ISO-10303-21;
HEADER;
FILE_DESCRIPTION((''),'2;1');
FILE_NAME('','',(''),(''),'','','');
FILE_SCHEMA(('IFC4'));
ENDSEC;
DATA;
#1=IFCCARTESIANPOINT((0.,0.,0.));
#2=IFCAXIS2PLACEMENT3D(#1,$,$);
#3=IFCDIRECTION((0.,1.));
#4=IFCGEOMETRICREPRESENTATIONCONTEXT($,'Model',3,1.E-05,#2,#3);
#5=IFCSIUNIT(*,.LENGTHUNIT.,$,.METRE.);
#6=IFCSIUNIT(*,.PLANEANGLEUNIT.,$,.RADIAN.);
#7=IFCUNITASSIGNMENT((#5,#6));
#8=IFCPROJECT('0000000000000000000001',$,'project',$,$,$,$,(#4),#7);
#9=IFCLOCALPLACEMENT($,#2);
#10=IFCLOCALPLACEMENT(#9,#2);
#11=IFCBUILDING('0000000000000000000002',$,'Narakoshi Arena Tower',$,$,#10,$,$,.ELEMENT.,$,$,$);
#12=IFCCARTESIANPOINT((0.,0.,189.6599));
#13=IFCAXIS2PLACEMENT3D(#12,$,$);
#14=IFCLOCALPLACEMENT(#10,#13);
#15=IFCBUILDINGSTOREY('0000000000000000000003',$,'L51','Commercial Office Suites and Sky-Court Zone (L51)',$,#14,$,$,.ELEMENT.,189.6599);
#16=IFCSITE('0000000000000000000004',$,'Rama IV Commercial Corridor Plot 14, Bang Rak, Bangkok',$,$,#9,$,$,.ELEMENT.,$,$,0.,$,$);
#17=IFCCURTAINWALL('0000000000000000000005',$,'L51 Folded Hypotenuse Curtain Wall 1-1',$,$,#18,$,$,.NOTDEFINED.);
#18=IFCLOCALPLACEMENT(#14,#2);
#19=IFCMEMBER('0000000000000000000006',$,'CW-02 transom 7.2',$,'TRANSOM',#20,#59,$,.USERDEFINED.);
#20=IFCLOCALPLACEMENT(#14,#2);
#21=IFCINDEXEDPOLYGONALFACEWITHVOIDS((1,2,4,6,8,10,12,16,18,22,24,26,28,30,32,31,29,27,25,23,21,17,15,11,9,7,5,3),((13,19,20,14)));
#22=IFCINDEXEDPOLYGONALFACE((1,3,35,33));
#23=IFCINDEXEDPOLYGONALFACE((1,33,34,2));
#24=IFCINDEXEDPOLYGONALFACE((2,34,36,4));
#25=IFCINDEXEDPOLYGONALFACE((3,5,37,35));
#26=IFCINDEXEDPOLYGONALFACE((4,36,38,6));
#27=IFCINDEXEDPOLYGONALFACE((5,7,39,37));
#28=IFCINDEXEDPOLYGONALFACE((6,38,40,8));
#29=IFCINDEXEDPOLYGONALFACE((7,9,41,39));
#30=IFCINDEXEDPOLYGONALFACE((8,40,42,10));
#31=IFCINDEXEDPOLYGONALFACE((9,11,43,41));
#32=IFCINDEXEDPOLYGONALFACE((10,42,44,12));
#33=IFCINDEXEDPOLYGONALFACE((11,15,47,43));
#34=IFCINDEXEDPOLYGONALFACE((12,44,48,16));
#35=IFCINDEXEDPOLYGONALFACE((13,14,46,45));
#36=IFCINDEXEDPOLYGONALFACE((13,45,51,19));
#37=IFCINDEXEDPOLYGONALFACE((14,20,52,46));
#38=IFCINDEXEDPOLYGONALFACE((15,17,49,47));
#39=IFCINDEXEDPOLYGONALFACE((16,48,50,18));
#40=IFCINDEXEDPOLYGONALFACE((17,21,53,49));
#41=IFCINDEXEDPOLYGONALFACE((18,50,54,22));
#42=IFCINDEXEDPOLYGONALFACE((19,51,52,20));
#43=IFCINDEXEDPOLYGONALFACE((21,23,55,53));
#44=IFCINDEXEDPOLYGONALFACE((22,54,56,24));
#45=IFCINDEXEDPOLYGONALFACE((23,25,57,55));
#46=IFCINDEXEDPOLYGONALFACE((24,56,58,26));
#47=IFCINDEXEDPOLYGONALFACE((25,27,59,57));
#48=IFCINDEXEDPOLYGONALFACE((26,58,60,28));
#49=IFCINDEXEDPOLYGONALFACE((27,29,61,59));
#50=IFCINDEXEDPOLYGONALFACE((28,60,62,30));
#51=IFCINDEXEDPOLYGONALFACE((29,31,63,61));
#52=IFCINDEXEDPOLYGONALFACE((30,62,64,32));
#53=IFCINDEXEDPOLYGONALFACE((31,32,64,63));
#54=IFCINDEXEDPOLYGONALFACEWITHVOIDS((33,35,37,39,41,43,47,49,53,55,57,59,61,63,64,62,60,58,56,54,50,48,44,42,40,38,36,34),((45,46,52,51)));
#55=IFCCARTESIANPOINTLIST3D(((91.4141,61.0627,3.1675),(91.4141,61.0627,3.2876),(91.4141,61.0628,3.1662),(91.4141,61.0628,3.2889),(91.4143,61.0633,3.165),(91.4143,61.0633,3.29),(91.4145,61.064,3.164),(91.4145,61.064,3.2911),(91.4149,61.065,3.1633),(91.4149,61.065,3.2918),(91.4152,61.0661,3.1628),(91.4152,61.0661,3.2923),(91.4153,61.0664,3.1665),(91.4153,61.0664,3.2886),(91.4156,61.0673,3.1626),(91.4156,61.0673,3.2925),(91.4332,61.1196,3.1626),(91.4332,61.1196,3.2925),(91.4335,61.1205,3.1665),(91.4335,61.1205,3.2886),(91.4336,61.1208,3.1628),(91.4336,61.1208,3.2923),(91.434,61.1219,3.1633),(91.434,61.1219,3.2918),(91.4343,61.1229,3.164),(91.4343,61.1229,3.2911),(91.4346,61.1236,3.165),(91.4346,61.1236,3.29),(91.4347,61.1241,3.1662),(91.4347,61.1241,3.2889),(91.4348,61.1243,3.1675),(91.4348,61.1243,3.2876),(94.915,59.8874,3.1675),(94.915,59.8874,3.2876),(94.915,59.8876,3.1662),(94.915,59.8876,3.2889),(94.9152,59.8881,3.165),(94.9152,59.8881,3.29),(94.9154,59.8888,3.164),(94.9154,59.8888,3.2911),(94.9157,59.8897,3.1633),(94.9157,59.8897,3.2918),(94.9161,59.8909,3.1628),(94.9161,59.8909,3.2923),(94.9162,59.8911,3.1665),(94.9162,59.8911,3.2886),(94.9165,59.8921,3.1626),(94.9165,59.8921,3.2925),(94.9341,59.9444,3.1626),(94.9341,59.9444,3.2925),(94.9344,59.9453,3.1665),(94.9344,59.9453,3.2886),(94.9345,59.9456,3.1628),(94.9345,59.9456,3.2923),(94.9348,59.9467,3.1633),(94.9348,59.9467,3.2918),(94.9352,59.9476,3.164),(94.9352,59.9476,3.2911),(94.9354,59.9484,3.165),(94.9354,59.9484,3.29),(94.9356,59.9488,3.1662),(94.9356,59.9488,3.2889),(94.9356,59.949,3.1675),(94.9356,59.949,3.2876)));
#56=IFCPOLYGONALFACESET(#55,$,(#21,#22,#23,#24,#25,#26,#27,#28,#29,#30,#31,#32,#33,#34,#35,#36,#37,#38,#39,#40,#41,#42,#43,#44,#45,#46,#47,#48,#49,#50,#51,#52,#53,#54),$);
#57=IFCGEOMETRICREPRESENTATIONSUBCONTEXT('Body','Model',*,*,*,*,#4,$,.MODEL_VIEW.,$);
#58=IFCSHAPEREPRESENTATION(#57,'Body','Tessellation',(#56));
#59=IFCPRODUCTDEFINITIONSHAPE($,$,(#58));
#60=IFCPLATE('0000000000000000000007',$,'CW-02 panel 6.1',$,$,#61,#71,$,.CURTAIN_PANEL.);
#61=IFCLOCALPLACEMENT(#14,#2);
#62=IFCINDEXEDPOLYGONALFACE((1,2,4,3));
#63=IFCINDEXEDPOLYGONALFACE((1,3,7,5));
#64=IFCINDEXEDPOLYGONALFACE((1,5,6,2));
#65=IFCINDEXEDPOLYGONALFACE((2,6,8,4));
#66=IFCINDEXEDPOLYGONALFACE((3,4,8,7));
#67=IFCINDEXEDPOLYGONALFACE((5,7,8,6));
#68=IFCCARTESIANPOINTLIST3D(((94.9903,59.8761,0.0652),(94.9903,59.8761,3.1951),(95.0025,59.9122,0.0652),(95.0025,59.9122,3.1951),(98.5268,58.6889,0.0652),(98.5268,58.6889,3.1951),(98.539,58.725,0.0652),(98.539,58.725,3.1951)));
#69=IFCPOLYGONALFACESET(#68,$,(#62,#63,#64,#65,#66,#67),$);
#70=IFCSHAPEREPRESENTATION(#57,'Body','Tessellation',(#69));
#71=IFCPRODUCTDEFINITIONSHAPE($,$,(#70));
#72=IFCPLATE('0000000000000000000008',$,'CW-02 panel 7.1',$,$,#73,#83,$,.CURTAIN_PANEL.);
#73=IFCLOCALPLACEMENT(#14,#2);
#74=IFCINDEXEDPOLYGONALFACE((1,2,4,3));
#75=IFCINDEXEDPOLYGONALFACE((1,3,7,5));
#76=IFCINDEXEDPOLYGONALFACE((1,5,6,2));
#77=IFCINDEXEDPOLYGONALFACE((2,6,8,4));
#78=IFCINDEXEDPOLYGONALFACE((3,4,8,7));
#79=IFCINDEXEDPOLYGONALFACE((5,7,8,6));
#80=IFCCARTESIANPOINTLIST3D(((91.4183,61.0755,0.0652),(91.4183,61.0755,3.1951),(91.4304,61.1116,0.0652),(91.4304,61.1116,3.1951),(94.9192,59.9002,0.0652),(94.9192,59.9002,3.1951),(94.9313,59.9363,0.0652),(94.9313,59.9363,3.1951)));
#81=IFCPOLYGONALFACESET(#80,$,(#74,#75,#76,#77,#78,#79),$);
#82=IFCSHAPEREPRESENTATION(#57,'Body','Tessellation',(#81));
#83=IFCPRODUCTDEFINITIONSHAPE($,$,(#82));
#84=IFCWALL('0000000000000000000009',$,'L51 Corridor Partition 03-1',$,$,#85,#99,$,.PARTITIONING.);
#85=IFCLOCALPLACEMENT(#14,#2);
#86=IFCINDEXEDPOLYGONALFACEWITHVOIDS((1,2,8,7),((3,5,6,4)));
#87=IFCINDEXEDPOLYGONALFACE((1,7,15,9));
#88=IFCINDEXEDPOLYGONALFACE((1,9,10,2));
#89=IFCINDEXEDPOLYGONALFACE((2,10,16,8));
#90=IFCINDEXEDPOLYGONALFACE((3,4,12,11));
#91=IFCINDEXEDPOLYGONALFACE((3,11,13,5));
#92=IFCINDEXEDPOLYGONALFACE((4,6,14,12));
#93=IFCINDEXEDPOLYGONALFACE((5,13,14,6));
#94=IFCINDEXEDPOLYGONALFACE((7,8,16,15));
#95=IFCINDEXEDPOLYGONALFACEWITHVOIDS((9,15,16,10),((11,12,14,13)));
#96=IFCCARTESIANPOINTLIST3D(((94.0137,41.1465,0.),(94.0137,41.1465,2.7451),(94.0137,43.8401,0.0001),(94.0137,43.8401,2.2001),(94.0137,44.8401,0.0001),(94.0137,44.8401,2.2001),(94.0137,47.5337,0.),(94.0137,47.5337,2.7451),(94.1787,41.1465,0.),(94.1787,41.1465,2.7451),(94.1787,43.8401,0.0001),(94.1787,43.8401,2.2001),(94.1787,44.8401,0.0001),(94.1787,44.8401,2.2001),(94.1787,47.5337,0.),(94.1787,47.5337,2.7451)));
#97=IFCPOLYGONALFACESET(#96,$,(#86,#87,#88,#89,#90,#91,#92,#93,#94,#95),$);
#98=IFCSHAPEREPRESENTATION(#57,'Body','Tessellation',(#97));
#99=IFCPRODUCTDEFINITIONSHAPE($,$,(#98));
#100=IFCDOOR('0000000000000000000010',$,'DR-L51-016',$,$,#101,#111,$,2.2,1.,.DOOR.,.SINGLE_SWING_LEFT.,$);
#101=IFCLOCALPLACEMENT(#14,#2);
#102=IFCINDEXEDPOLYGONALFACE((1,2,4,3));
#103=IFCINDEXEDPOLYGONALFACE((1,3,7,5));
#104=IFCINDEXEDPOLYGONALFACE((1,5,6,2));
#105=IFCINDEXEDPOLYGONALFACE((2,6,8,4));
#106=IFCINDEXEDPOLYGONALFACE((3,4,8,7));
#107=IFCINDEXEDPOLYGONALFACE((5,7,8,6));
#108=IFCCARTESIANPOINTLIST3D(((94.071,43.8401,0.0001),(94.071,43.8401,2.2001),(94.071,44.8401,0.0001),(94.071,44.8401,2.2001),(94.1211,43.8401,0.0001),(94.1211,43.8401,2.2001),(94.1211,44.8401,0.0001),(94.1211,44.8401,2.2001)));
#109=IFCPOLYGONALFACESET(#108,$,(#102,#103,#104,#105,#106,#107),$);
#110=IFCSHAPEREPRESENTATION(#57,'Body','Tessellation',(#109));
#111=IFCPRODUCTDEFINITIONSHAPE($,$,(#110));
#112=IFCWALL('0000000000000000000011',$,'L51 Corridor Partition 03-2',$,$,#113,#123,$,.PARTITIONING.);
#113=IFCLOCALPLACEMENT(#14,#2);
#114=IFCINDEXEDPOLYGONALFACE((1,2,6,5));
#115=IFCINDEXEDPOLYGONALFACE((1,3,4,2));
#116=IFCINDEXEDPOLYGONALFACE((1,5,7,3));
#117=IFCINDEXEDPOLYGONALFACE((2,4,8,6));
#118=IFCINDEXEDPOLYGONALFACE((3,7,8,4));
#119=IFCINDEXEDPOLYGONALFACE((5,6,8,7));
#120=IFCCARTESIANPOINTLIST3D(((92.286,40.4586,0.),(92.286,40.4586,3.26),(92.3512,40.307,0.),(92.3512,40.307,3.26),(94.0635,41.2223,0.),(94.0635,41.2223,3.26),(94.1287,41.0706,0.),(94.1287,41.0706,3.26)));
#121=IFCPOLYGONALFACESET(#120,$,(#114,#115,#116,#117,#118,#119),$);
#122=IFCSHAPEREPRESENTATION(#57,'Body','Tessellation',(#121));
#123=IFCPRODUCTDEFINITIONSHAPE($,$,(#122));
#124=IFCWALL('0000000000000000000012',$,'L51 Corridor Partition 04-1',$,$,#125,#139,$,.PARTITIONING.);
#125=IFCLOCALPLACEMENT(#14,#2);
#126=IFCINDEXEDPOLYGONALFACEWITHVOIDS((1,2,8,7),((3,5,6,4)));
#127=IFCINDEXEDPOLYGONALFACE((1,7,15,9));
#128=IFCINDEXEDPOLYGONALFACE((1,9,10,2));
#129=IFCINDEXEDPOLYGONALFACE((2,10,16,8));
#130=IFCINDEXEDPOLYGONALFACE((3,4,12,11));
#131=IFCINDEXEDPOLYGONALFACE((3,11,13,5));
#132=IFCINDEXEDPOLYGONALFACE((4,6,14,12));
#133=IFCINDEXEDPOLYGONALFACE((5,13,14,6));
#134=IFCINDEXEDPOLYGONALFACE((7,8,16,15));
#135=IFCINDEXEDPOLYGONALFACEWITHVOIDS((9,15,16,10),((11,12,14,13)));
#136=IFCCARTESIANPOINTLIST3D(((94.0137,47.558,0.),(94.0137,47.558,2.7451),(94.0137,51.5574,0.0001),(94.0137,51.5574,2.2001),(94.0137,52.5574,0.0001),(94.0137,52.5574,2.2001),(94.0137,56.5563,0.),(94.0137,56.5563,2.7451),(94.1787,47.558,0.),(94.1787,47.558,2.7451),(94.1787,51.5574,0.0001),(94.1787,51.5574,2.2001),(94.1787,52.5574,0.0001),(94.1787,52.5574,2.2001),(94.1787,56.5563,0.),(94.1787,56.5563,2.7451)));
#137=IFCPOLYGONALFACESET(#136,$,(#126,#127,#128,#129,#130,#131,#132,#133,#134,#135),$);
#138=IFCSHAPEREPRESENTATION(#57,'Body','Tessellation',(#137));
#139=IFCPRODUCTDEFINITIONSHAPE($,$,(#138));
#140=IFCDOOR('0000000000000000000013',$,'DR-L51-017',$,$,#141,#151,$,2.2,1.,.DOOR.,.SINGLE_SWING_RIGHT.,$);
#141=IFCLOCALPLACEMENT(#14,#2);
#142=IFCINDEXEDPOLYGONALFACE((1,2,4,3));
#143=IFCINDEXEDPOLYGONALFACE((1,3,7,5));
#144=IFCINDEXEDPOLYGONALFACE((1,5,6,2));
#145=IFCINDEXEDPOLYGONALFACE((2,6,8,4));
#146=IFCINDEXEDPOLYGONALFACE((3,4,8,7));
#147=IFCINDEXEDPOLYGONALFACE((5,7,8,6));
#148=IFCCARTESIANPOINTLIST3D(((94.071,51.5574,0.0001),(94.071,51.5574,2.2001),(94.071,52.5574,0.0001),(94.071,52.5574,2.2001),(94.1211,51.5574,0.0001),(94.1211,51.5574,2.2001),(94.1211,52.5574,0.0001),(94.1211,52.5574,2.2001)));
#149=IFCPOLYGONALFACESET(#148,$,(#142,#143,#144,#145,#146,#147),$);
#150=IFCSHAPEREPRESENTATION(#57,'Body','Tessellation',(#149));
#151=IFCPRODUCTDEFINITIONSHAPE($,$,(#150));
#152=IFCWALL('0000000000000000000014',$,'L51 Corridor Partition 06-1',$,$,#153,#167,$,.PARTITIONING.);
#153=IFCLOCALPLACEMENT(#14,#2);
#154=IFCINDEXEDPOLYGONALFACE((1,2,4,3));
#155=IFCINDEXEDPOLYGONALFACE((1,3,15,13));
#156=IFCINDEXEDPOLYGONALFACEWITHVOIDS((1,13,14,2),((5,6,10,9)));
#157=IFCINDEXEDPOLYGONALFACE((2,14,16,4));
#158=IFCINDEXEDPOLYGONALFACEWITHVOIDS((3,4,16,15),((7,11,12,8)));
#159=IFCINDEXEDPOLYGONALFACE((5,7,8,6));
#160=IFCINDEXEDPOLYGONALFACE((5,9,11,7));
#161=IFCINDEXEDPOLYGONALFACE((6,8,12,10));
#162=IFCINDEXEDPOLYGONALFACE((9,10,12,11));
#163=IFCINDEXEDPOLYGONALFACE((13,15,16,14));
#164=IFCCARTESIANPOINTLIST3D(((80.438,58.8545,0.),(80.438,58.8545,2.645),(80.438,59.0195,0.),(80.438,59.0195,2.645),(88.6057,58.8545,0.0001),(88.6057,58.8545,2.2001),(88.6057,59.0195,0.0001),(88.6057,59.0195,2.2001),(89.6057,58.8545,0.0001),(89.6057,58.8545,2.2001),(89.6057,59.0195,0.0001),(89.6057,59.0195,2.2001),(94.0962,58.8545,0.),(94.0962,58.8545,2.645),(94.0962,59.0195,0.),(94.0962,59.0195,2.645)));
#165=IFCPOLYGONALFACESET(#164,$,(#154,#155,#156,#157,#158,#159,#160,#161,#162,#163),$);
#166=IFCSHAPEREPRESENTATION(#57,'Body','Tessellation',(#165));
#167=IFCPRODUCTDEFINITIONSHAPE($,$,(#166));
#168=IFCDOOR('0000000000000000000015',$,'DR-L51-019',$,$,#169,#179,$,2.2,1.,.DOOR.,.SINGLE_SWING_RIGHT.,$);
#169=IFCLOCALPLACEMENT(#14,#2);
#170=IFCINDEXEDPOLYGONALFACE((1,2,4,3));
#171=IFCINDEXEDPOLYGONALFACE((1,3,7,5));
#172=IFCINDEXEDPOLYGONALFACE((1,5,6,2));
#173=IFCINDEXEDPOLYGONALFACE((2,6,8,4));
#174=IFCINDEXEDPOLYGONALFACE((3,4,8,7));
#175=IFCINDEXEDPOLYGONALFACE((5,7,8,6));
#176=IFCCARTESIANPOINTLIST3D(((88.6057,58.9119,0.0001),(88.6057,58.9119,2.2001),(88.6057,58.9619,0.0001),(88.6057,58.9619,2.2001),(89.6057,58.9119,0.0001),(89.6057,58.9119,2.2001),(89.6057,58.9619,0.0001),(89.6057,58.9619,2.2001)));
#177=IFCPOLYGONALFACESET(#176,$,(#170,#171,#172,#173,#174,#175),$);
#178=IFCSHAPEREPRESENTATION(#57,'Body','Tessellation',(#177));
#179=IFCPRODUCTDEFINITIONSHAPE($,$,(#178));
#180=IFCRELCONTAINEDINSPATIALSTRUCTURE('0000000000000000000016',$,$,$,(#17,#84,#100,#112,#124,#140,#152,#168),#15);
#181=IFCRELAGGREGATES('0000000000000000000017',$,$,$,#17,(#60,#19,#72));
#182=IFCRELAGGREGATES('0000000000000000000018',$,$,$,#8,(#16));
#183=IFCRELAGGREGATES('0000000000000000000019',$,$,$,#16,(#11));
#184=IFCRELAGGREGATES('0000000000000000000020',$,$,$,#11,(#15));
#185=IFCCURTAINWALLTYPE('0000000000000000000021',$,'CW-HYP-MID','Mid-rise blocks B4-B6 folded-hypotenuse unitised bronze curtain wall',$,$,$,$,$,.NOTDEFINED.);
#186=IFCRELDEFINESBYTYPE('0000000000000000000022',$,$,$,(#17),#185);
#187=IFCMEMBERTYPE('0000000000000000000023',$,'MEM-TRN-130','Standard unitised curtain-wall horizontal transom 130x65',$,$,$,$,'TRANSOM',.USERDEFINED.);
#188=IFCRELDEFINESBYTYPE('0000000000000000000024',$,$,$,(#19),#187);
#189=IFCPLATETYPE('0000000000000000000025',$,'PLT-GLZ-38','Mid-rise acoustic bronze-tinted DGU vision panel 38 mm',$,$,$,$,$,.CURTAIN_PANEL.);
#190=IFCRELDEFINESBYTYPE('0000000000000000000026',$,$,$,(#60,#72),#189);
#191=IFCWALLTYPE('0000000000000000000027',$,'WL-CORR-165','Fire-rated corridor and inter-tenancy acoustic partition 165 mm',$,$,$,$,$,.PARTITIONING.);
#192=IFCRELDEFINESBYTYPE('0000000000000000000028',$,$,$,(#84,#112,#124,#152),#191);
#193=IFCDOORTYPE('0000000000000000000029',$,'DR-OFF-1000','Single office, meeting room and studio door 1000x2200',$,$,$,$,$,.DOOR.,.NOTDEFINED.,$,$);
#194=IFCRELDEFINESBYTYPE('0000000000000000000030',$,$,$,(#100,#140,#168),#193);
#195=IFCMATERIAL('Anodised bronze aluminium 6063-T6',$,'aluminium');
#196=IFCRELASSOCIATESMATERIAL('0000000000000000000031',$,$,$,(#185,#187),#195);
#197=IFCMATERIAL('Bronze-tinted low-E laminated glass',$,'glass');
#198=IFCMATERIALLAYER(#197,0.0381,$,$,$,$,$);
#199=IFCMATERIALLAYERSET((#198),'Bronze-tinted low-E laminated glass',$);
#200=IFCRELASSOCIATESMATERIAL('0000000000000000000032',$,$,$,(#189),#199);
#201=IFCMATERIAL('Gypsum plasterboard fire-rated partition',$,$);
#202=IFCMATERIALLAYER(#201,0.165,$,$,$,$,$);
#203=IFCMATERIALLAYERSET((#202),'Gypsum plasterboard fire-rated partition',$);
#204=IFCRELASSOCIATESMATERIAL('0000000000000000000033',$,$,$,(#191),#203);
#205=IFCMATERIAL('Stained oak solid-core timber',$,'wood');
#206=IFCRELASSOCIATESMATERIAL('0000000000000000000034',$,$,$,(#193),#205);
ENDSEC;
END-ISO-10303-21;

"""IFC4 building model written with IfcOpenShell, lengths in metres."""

from ifc_helpers import new_model, si_unit, direction, frame, frame_2d, origin, origin_2d, place, context, subcontext, project, spatial, rectangle, hollow_rectangle, extrude, material, layer, layer_set, material_profile, profile_set, type_object, element, fill, aggregate, save


model = new_model("IFC4")

# Units and contexts
model_context = context("Model", 3, precision=1e-05, world=origin(), true_north=direction((0.0, 1.0)))
body_context = subcontext(model_context, "Body", "Model", "MODEL_VIEW")
ifc_project = project(units=[si_unit("LENGTHUNIT", "METRE"), si_unit("PLANEANGLEUNIT", "RADIAN")], contexts=[model_context])

# Site, building, storey
site_placement = place(None, origin())
site = spatial("IfcSite", under=ifc_project, at=site_placement, Name="Rama IV Commercial Corridor Plot 14, Bang Rak, Bangkok", CompositionType="ELEMENT", RefElevation=0.0)
building_placement = place(site_placement, origin())
building = spatial("IfcBuilding", under=site, at=building_placement, Name="Narakoshi Arena Tower", CompositionType="ELEMENT")
storey_placement = place(building_placement, frame((0.0, 0.0, 189.6599)))
storey = spatial("IfcBuildingStorey", under=building, at=storey_placement, Name="L51", Description="Commercial Office Suites and Sky-Court Zone (L51)", CompositionType="ELEMENT", Elevation=189.6599)

# Curtain wall, member, plates
ifc_material_1 = material(Name="Anodised bronze aluminium 6063-T6", Category="aluminium")
curtain_wall_type = type_object("IfcCurtainWallType", Name="CW-HYP-MID", Description="Mid-rise blocks B4-B6 folded-hypotenuse unitised bronze curtain wall", PredefinedType="NOTDEFINED", material=ifc_material_1)
curtain_wall_placement = place(storey_placement, origin())
curtain_wall = element("IfcCurtainWall", 1, at=curtain_wall_placement, inside=storey, type_object=curtain_wall_type, Name="L51 Folded Hypotenuse Curtain Wall 1-1", PredefinedType="NOTDEFINED")
ifc_material_profile_1 = material_profile(ifc_material_1, hollow_rectangle(XDim=0.0649, YDim=0.1299, WallThickness=0.0039, OuterFilletRadius=0.0049, at=origin_2d()), Name="TRN130x65x4")
ifc_profile_set_1 = profile_set([ifc_material_profile_1], Name="Anodised bronze aluminium 6063-T6")
member_type_1 = type_object("IfcMemberType", Name="MEM-TRN-130", Description="Standard unitised curtain-wall horizontal transom 130x65", ElementType="TRANSOM", PredefinedType="USERDEFINED", material=ifc_profile_set_1)
member_1_placement = place(storey_placement, frame((94.9253, 59.9182, 3.2275), z_axis=(-0.948007, 0.31825, 0.0), x_axis=(-0.31825, -0.948007, 0.0)))
member_1 = element("IfcMember", 2, at=member_1_placement, type_object=member_type_1, Name="CW-02 transom 7.2", ObjectType="TRANSOM", PredefinedType="USERDEFINED", context=body_context, shape_type="SweptSolid", body=[
    extrude(hollow_rectangle(XDim=0.0649, YDim=0.1299, WallThickness=0.0039, OuterFilletRadius=0.0049, at=origin_2d()), origin(), (0.0, 0.0, 1.0), 3.6929),
])
ifc_material_2 = material(Name="Bronze-tinted low-E laminated glass", Category="glass")
ifc_layer_1 = layer(ifc_material_2, 0.0381)
ifc_layer_set_1 = layer_set([ifc_layer_1], Name="Bronze-tinted low-E laminated glass")
plate_type = type_object("IfcPlateType", Name="PLT-GLZ-38", Description="Mid-rise acoustic bronze-tinted DGU vision panel 38 mm", PredefinedType="CURTAIN_PANEL", material=ifc_layer_set_1)
plate_1_placement = place(storey_placement, frame((96.7646, 59.3005, 0.0652), z_axis=(0.0, 0.0, 1.0), x_axis=(-0.948003, 0.318261, 0.0)))
plate_1 = element("IfcPlate", 3, at=plate_1_placement, type_object=plate_type, Name="CW-02 panel 6.1", PredefinedType="CURTAIN_PANEL", context=body_context, shape_type="SweptSolid", body=[
    extrude(rectangle(XDim=3.7305, YDim=0.0381, at=origin_2d()), origin(), (0.0, 0.0, 1.0), 3.1299),
])
plate_2_placement = place(storey_placement, frame((93.1748, 60.5059, 0.0652), z_axis=(0.0, 0.0, 1.0), x_axis=(-0.948003, 0.318261, 0.0)))
plate_2 = element("IfcPlate", 4, at=plate_2_placement, type_object=plate_type, Name="CW-02 panel 7.1", PredefinedType="CURTAIN_PANEL", context=body_context, shape_type="SweptSolid", body=[
    extrude(rectangle(XDim=3.6929, YDim=0.0381, at=origin_2d()), origin(), (0.0, 0.0, 1.0), 3.1299),
])
aggregate(curtain_wall, [plate_1, member_1, plate_2])

# Wall, opening, door
ifc_material_3 = material(Name="Gypsum plasterboard fire-rated partition")
ifc_layer_2 = layer(ifc_material_3, 0.165)
ifc_layer_set_2 = layer_set([ifc_layer_2], Name="Gypsum plasterboard fire-rated partition")
wall_type_1 = type_object("IfcWallType", Name="WL-CORR-165", Description="Fire-rated corridor and inter-tenancy acoustic partition 165 mm", PredefinedType="PARTITIONING", material=ifc_layer_set_2)
wall_1_placement = place(storey_placement, frame((94.0962, 41.1465, 0.0), z_axis=(0.0, 0.0, 1.0), x_axis=(0.0, 1.0, 0.0)))
wall_1 = element("IfcWall", 5, at=wall_1_placement, inside=storey, type_object=wall_type_1, Name="L51 Corridor Partition 03-1", PredefinedType="PARTITIONING", context=body_context, shape_type="SweptSolid", body=[
    extrude(rectangle(XDim=6.3872, YDim=0.165, at=frame_2d((3.1936, 0.0))), origin(), (0.0, 0.0, 1.0), 2.7451),
])
opening_1_placement = place(wall_1_placement, frame((2.6936, 0.0, 0.0)))
opening_1 = element("IfcOpeningElement", 6, at=opening_1_placement, cuts=wall_1, PredefinedType="OPENING", context=body_context, shape_type="SweptSolid", body=[
    extrude(rectangle(XDim=1.0, YDim=2.2, at=frame_2d((0.5, 1.1001))), frame((0.0, 0.0925, 0.0), z_axis=(0.0, -1.0, 0.0), x_axis=(1.0, 0.0, 0.0)), (0.0, 0.0, 1.0), 0.1851),
])
ifc_material_4 = material(Name="Stained oak solid-core timber", Category="wood")
door_type = type_object("IfcDoorType", Name="DR-OFF-1000", Description="Single office, meeting room and studio door 1000x2200", OperationType="NOTDEFINED", PredefinedType="DOOR", material=ifc_material_4)
door_1_placement = place(opening_1_placement, frame((1.0, 0.0, 0.0), z_axis=(0.0, 0.0, 1.0), x_axis=(-1.0, 0.0, 0.0)))
door_1 = element("IfcDoor", 7, at=door_1_placement, inside=storey, type_object=door_type, Name="DR-L51-016", OperationType="SINGLE_SWING_LEFT", OverallHeight=2.2, OverallWidth=1.0, PredefinedType="DOOR", context=body_context, shape_type="SweptSolid", body=[
    extrude(rectangle(XDim=1.0, YDim=2.2, at=frame_2d((0.5, 1.1001))), frame((0.0, 0.0249, 0.0), z_axis=(0.0, -1.0, 0.0), x_axis=(1.0, 0.0, 0.0)), (0.0, 0.0, 1.0), 0.05),
])
fill(opening_1, door_1)

# Wall
wall_2_placement = place(storey_placement, frame((92.3186, 40.3828, 0.0), z_axis=(0.0, 0.0, 1.0), x_axis=(0.918799, 0.394726, 0.0)))
element("IfcWall", 8, at=wall_2_placement, inside=storey, type_object=wall_type_1, Name="L51 Corridor Partition 03-2", PredefinedType="PARTITIONING", context=body_context, shape_type="SweptSolid", body=[
    extrude(rectangle(XDim=1.9346, YDim=0.165, at=frame_2d((0.9673, 0.0))), origin(), (0.0, 0.0, 1.0), 3.26),
])

# Walls, openings, doors
wall_3_placement = place(storey_placement, frame((94.0962, 47.5581, 0.0), z_axis=(0.0, 0.0, 1.0), x_axis=(0.0, 1.0, 0.0)))
wall_3 = element("IfcWall", 9, at=wall_3_placement, inside=storey, type_object=wall_type_1, Name="L51 Corridor Partition 04-1", PredefinedType="PARTITIONING", context=body_context, shape_type="SweptSolid", body=[
    extrude(rectangle(XDim=8.9983, YDim=0.165, at=frame_2d((4.499, 0.0))), origin(), (0.0, 0.0, 1.0), 2.7451),
])
opening_2_placement = place(wall_3_placement, frame((3.9993, 0.0, 0.0)))
opening_2 = element("IfcOpeningElement", 10, at=opening_2_placement, cuts=wall_3, PredefinedType="OPENING", context=body_context, shape_type="SweptSolid", body=[
    extrude(rectangle(XDim=1.0, YDim=2.2, at=frame_2d((0.5, 1.1001))), frame((0.0, 0.0925, 0.0), z_axis=(0.0, -1.0, 0.0), x_axis=(1.0, 0.0, 0.0)), (0.0, 0.0, 1.0), 0.1851),
])
door_2_placement = place(opening_2_placement, frame((1.0, 0.0, 0.0), z_axis=(0.0, 0.0, 1.0), x_axis=(-1.0, 0.0, 0.0)))
door_2 = element("IfcDoor", 11, at=door_2_placement, inside=storey, type_object=door_type, Name="DR-L51-017", OperationType="SINGLE_SWING_RIGHT", OverallHeight=2.2, OverallWidth=1.0, PredefinedType="DOOR", context=body_context, shape_type="SweptSolid", body=[
    extrude(rectangle(XDim=1.0, YDim=2.2, at=frame_2d((0.5, 1.1001))), frame((0.0, 0.0249, 0.0), z_axis=(0.0, -1.0, 0.0), x_axis=(1.0, 0.0, 0.0)), (0.0, 0.0, 1.0), 0.05),
])
fill(opening_2, door_2)
wall_4_placement = place(storey_placement, frame((94.0962, 58.937, 0.0), z_axis=(0.0, 0.0, 1.0), x_axis=(-1.0, 0.0, 0.0)))
wall_4 = element("IfcWall", 12, at=wall_4_placement, inside=storey, type_object=wall_type_1, Name="L51 Corridor Partition 06-1", PredefinedType="PARTITIONING", context=body_context, shape_type="SweptSolid", body=[
    extrude(rectangle(XDim=13.6582, YDim=0.165, at=frame_2d((6.8291, 0.0))), origin(), (0.0, 0.0, 1.0), 2.645),
])
opening_3_placement = place(wall_4_placement, frame((4.4905, 0.0, 0.0)))
opening_3 = element("IfcOpeningElement", 13, at=opening_3_placement, cuts=wall_4, PredefinedType="OPENING", context=body_context, shape_type="SweptSolid", body=[
    extrude(rectangle(XDim=1.0, YDim=2.2, at=frame_2d((0.5, 1.1001))), frame((0.0, 0.0925, 0.0), z_axis=(0.0, -1.0, 0.0), x_axis=(1.0, 0.0, 0.0)), (0.0, 0.0, 1.0), 0.1851),
])
door_3_placement = place(opening_3_placement, frame((1.0, 0.0, 0.0), z_axis=(0.0, 0.0, 1.0), x_axis=(-1.0, 0.0, 0.0)))
door_3 = element("IfcDoor", 14, at=door_3_placement, inside=storey, type_object=door_type, Name="DR-L51-019", OperationType="SINGLE_SWING_RIGHT", OverallHeight=2.2, OverallWidth=1.0, PredefinedType="DOOR", context=body_context, shape_type="SweptSolid", body=[
    extrude(rectangle(XDim=1.0, YDim=2.2, at=frame_2d((0.5, 1.1001))), frame((0.0, 0.0249, 0.0), z_axis=(0.0, -1.0, 0.0), x_axis=(1.0, 0.0, 0.0)), (0.0, 0.0, 1.0), 0.05),
])
fill(opening_3, door_3)

save(model, "model.ifc")
